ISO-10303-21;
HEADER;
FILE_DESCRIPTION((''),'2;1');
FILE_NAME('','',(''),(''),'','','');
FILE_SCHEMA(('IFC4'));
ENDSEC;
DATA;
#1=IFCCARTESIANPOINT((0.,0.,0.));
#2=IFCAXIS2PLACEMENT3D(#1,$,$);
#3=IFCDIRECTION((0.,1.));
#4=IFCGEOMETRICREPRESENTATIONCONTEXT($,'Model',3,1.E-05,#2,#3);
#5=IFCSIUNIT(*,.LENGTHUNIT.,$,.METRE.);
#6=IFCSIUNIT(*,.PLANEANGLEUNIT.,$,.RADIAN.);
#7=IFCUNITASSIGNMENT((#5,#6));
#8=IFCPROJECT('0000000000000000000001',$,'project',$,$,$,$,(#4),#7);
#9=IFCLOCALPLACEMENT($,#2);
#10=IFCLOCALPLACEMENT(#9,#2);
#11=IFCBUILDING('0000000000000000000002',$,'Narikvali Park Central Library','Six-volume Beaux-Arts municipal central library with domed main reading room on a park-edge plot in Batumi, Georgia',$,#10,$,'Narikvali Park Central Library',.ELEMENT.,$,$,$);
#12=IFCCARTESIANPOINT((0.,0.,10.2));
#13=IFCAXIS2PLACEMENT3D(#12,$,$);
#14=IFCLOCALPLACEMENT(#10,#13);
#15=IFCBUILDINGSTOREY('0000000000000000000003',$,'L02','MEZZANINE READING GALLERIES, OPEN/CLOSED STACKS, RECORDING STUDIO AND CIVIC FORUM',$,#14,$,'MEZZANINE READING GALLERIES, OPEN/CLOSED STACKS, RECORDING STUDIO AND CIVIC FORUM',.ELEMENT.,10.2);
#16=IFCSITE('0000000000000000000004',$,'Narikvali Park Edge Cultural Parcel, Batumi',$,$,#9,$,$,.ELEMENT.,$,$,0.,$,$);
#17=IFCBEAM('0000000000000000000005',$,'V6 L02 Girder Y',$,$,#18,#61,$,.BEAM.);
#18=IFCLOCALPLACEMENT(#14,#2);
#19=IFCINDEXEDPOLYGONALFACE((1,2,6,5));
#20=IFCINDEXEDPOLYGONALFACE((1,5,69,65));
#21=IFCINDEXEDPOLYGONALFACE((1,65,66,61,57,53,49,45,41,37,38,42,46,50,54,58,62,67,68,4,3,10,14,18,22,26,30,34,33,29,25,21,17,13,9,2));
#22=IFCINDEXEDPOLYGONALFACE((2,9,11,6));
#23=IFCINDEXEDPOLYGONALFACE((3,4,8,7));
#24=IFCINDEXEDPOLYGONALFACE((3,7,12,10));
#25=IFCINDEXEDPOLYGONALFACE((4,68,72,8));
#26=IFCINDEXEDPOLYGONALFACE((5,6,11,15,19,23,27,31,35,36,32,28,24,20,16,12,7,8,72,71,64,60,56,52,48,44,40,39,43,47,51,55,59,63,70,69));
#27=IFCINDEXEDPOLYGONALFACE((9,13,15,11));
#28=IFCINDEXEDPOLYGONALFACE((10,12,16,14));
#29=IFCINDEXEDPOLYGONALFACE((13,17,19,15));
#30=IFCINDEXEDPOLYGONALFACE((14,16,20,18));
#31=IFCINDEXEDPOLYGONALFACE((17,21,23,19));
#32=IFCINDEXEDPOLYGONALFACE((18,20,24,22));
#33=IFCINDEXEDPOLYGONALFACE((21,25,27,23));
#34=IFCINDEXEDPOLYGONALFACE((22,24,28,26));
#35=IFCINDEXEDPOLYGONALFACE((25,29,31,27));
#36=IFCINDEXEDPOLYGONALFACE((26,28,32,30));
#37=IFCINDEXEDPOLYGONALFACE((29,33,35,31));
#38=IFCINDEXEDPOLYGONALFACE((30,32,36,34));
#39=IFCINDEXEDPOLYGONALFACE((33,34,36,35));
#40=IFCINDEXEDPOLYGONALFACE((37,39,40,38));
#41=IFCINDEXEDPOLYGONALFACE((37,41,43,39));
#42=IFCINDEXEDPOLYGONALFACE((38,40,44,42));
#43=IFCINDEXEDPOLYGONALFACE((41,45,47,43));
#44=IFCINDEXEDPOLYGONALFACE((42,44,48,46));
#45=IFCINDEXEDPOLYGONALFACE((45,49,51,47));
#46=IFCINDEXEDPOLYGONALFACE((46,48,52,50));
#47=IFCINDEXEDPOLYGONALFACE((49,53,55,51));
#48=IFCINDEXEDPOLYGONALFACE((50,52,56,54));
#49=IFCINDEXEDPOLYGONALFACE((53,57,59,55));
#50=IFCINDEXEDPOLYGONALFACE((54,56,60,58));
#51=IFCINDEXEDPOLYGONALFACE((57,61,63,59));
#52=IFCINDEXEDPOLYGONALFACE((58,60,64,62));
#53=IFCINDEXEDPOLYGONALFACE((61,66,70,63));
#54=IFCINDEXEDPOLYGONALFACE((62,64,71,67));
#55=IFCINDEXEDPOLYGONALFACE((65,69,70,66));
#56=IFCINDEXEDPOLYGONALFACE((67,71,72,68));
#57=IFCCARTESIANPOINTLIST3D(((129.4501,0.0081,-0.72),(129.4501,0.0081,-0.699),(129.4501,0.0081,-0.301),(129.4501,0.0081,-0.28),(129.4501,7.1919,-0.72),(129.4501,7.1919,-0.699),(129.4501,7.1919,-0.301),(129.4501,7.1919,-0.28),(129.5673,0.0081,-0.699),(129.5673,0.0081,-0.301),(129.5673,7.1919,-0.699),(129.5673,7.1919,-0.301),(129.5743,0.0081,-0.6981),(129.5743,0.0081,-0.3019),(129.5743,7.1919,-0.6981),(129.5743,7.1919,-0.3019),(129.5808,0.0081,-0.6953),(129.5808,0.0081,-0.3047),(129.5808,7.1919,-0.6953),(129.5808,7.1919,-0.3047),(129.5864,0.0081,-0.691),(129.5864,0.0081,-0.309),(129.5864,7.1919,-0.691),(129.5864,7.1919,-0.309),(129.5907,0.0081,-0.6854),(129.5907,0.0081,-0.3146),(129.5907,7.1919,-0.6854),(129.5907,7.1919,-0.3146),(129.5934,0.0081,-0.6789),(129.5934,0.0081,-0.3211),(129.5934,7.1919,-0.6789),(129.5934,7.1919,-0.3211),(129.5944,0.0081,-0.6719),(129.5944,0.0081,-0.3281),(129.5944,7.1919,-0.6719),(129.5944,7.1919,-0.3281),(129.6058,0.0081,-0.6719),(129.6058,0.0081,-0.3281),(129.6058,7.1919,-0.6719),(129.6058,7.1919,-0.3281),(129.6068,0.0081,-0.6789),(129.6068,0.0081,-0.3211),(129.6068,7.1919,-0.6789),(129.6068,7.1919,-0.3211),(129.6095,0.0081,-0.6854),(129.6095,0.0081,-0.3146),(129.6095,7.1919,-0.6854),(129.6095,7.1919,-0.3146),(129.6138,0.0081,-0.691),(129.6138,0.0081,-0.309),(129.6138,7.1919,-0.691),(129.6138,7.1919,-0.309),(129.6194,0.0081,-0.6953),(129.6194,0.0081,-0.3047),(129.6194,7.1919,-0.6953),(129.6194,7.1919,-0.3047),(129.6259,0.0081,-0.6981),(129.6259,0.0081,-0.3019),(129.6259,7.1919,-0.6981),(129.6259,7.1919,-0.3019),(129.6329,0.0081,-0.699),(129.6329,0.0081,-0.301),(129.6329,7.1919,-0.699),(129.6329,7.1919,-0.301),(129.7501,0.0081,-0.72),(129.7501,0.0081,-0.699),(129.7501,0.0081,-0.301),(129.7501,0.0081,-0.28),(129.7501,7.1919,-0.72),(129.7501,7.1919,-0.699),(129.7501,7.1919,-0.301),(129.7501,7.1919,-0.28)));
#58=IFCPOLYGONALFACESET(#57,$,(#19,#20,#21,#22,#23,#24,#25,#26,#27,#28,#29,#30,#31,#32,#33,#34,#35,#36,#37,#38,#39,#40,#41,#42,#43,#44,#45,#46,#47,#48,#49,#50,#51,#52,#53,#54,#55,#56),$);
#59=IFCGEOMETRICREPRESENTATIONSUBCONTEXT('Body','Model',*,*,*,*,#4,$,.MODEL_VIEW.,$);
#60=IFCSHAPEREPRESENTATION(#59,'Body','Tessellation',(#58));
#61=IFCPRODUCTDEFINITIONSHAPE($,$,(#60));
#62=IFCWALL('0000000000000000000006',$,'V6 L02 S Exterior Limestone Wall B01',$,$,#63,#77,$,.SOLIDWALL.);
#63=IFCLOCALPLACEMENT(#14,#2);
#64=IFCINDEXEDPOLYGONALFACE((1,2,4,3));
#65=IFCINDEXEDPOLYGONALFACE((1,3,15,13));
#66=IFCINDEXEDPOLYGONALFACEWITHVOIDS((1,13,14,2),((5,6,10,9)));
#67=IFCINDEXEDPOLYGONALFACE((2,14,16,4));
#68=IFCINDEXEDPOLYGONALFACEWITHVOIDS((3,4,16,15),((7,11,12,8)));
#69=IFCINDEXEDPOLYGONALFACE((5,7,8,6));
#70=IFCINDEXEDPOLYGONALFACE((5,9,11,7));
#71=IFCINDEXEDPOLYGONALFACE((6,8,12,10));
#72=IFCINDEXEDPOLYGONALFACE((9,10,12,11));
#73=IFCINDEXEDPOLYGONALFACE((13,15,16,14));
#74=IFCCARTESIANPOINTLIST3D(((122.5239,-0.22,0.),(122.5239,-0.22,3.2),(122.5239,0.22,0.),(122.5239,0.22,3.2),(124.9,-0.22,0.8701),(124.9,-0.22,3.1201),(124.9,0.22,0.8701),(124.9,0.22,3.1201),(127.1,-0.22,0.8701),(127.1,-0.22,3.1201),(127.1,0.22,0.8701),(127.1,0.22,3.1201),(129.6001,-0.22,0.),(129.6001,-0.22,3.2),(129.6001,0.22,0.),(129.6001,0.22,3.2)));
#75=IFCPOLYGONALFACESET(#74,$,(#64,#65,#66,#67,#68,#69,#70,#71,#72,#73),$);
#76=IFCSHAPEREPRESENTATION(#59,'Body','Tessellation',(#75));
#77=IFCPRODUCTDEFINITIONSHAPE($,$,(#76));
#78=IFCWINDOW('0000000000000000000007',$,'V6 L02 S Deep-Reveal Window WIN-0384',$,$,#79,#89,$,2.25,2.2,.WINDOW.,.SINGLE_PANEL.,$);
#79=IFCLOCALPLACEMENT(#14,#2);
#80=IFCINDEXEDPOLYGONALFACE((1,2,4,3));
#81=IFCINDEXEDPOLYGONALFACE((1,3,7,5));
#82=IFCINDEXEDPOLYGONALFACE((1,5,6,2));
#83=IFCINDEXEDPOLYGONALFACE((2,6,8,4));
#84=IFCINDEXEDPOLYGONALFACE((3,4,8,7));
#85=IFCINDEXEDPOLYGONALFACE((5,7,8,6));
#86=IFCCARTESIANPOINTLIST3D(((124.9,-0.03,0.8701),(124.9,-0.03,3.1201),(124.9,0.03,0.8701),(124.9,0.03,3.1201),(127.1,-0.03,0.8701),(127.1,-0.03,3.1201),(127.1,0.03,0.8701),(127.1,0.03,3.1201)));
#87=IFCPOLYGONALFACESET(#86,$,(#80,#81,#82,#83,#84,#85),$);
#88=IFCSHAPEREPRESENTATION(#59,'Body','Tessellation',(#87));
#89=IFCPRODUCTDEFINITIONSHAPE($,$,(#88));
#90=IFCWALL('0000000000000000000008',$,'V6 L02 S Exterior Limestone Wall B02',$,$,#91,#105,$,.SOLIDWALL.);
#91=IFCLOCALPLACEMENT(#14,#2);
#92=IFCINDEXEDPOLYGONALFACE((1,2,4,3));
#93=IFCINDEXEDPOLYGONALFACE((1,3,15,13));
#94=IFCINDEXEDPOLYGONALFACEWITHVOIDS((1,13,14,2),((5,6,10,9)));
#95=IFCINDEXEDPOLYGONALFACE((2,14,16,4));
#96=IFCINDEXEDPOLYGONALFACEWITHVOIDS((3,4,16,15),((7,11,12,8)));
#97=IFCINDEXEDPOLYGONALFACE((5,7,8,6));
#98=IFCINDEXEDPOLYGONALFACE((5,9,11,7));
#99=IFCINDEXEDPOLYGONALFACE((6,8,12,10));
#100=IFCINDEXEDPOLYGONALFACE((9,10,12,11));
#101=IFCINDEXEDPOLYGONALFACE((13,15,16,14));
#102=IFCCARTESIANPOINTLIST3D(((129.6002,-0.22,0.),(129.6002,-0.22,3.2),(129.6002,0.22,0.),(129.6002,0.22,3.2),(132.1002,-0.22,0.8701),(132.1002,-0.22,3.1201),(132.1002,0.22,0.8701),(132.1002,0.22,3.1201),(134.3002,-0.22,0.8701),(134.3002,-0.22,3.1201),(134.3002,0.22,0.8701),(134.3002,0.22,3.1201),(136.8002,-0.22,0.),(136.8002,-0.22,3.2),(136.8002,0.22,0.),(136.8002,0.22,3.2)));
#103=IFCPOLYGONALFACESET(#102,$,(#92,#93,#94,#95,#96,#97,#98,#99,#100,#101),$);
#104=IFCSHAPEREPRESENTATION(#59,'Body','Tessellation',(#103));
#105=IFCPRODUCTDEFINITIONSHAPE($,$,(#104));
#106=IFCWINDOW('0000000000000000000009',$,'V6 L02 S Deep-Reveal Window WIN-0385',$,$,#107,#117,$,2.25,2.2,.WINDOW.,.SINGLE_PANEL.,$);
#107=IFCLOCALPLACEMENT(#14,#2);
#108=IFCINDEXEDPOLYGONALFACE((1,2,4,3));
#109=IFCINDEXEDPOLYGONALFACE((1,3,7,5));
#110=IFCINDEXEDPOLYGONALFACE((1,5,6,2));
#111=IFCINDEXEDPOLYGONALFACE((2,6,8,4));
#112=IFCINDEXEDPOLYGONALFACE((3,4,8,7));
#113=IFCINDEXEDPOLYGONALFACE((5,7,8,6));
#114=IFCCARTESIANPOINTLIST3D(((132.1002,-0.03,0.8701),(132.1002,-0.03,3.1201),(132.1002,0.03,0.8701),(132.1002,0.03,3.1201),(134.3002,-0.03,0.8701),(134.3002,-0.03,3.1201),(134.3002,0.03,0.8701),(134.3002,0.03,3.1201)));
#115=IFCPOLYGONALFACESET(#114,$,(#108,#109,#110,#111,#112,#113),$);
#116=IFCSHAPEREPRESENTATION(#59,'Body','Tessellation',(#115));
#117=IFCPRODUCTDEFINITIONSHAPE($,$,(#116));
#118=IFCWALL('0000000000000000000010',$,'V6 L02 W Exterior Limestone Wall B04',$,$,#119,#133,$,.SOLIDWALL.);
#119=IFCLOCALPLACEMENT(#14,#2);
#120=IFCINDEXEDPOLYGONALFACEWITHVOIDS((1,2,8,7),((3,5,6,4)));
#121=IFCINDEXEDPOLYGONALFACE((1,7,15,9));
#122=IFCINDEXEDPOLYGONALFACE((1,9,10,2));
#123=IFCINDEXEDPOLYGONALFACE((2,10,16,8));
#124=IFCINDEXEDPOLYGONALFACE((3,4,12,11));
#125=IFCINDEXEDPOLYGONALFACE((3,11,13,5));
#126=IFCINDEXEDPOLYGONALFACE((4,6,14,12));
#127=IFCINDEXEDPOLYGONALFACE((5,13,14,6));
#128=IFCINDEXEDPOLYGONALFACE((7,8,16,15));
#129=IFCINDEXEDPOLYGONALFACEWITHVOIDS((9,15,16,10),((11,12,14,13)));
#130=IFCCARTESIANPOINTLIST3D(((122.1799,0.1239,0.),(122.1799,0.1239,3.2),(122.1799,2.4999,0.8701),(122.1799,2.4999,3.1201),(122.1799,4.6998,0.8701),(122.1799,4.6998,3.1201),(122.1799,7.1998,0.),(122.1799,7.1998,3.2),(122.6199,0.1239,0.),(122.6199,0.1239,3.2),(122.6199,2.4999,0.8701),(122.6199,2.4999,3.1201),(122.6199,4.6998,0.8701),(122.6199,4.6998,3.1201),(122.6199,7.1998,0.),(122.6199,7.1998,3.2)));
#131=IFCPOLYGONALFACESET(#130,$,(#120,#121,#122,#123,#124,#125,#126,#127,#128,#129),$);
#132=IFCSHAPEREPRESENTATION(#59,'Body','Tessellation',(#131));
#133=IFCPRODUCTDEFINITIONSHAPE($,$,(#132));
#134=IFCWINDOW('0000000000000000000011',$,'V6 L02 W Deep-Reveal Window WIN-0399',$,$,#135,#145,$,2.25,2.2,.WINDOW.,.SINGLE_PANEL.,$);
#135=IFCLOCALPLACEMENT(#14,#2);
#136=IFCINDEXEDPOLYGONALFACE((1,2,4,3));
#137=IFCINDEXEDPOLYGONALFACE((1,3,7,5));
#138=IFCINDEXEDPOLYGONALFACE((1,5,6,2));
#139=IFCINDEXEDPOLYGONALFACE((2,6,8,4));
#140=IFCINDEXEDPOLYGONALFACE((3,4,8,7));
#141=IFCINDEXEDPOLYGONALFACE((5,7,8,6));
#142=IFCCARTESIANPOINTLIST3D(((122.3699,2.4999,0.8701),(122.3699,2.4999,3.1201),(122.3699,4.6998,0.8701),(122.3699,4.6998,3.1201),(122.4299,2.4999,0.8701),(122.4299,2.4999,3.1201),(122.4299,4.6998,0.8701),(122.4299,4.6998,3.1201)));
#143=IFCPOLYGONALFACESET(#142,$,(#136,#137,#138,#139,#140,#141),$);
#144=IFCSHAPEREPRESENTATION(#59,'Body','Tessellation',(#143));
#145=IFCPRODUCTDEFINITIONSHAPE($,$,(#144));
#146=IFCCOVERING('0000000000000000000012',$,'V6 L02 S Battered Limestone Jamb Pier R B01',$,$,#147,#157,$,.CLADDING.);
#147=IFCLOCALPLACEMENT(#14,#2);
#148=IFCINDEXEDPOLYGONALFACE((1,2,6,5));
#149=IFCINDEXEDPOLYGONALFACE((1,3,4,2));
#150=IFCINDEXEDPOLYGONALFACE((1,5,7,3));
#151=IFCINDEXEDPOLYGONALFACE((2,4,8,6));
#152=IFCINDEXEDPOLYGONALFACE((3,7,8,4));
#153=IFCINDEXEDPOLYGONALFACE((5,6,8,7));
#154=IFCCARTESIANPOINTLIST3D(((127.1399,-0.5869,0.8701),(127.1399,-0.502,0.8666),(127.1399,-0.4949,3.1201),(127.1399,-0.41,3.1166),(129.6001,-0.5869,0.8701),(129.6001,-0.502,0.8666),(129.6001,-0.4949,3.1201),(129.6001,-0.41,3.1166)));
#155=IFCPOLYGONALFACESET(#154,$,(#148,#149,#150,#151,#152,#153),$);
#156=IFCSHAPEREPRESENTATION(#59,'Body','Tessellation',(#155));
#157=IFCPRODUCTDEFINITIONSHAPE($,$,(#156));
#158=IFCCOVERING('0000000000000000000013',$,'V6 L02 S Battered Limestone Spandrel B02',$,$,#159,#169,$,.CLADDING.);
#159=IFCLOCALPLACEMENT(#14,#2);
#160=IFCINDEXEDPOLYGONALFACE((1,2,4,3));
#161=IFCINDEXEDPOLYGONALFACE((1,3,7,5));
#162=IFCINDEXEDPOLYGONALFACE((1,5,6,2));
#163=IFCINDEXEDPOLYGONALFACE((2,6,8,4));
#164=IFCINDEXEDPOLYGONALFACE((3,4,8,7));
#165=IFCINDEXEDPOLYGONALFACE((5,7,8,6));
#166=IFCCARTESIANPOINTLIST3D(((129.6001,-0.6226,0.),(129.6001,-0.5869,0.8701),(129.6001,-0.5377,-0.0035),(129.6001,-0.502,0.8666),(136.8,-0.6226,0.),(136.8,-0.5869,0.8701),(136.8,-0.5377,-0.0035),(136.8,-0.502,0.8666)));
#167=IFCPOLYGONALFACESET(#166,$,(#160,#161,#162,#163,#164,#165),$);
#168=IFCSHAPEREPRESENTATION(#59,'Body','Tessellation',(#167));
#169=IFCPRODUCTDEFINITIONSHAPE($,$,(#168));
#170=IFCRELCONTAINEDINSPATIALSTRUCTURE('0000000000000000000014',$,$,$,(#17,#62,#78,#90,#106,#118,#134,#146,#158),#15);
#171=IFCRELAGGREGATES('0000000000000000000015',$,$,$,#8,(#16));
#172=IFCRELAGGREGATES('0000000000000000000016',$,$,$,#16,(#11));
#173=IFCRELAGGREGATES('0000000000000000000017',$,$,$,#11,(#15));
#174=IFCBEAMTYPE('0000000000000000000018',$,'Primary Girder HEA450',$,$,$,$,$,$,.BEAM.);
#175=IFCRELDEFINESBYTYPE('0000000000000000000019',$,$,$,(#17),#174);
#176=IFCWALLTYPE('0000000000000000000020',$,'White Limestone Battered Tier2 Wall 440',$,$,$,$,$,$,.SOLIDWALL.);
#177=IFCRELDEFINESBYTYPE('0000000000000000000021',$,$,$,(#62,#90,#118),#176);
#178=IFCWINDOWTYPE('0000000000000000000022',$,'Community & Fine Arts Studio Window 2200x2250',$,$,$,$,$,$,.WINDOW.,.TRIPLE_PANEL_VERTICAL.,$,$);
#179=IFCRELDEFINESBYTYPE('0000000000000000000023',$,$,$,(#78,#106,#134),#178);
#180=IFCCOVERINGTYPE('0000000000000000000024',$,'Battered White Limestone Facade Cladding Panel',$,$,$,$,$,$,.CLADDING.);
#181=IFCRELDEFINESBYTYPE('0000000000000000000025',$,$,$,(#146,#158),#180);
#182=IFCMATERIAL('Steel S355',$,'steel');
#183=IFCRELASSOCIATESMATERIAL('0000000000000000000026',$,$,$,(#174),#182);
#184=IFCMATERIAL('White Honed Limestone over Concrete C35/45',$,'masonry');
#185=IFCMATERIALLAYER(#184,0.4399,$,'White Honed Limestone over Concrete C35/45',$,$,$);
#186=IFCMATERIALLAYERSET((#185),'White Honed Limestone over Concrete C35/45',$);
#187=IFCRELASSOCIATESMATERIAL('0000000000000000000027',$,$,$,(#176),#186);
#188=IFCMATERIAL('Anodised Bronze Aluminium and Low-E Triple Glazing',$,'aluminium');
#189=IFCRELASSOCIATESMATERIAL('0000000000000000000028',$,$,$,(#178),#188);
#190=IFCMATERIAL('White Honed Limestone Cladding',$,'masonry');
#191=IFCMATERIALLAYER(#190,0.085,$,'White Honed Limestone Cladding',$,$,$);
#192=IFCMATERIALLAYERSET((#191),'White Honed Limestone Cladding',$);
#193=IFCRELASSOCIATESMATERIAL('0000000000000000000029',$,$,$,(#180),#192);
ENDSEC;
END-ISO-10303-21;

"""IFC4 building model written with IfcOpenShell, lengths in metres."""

from ifc_helpers import new_model, si_unit, direction, frame, frame_2d, origin, origin_2d, place, context, subcontext, project, spatial, polyline, rectangle, i_section, outline, extrude, material, layer, layer_set, material_profile, profile_set, type_object, element, fill, save


model = new_model("IFC4")

# Units and contexts
model_context = context("Model", 3, precision=1e-05, world=origin(), true_north=direction((0.0, 1.0)))
body_context = subcontext(model_context, "Body", "Model", "MODEL_VIEW")
ifc_project = project(units=[si_unit("LENGTHUNIT", "METRE"), si_unit("PLANEANGLEUNIT", "RADIAN")], contexts=[model_context])

# Site, building, storey
site_placement = place(None, origin())
site = spatial("IfcSite", under=ifc_project, at=site_placement, Name="Narikvali Park Edge Cultural Parcel, Batumi", CompositionType="ELEMENT", RefElevation=0.0)
building_placement = place(site_placement, origin())
building = spatial("IfcBuilding", under=site, at=building_placement, Name="Narikvali Park Central Library", Description="Six-volume Beaux-Arts municipal central library with domed main reading room on a park-edge plot in Batumi, Georgia", LongName="Narikvali Park Central Library", CompositionType="ELEMENT")
storey_placement = place(building_placement, frame((0.0, 0.0, 10.2)))
storey = spatial("IfcBuildingStorey", under=building, at=storey_placement, Name="L02", Description="MEZZANINE READING GALLERIES, OPEN/CLOSED STACKS, RECORDING STUDIO AND CIVIC FORUM", LongName="MEZZANINE READING GALLERIES, OPEN/CLOSED STACKS, RECORDING STUDIO AND CIVIC FORUM", CompositionType="ELEMENT", Elevation=10.2)

# Shared definitions
ifc_material_1 = material(Name="Steel S355", Category="steel")

# Beam
ifc_material_profile_1 = material_profile(ifc_material_1, i_section(OverallWidth=0.3, OverallDepth=0.4399, WebThickness=0.0115, FlangeThickness=0.021, FilletRadius=0.0271, at=origin_2d()), Name="HEA 450")
ifc_profile_set_1 = profile_set([ifc_material_profile_1], Name="Steel S355")
beam_type_1 = type_object("IfcBeamType", Name="Primary Girder HEA450", PredefinedType="BEAM", material=ifc_profile_set_1)
beam_1_placement = place(storey_placement, frame((129.6001, 0.0081, -0.5), z_axis=(0.0, 1.0, 0.0), x_axis=(-1.0, 0.0, 0.0)))
element("IfcBeam", 1, at=beam_1_placement, inside=storey, type_object=beam_type_1, Name="V6 L02 Girder Y", PredefinedType="BEAM", context=body_context, shape_type="SweptSolid", body=[
    extrude(i_section(OverallWidth=0.3, OverallDepth=0.4399, WebThickness=0.0115, FlangeThickness=0.021, FilletRadius=0.0271, at=origin_2d()), origin(), (0.0, 0.0, 1.0), 7.1838),
])

# Walls, openings, windows
ifc_material_2 = material(Name="White Honed Limestone over Concrete C35/45", Category="masonry")
ifc_layer_1 = layer(ifc_material_2, 0.4399, Name="White Honed Limestone over Concrete C35/45")
ifc_layer_set_1 = layer_set([ifc_layer_1], Name="White Honed Limestone over Concrete C35/45")
wall_type = type_object("IfcWallType", Name="White Limestone Battered Tier2 Wall 440", PredefinedType="SOLIDWALL", material=ifc_layer_set_1)
wall_1_placement = place(storey_placement, frame((122.5239, 0.0, 0.0), z_axis=(0.0, 0.0, 1.0), x_axis=(1.0, 0.0, 0.0)))
wall_1 = element("IfcWall", 2, at=wall_1_placement, inside=storey, type_object=wall_type, Name="V6 L02 S Exterior Limestone Wall B01", PredefinedType="SOLIDWALL", context=body_context, shape_type="SweptSolid", body=[
    extrude(rectangle(XDim=7.0762, YDim=0.4399, at=frame_2d((3.5381, 0.0))), origin(), (0.0, 0.0, 1.0), 3.2),
])
opening_1_placement = place(wall_1_placement, frame((2.376, 0.0, 0.8701)))
opening_1 = element("IfcOpeningElement", 3, at=opening_1_placement, cuts=wall_1, PredefinedType="OPENING", context=body_context, shape_type="SweptSolid", body=[
    extrude(rectangle(XDim=2.2, YDim=2.25, at=frame_2d((1.1001, 1.125))), frame((0.0, 0.2319, 0.0), z_axis=(0.0, -1.0, 0.0), x_axis=(1.0, 0.0, 0.0)), (0.0, 0.0, 1.0), 0.4639),
])
ifc_material_3 = material(Name="Anodised Bronze Aluminium and Low-E Triple Glazing", Category="aluminium")
window_type = type_object("IfcWindowType", Name="Community & Fine Arts Studio Window 2200x2250", PartitioningType="TRIPLE_PANEL_VERTICAL", PredefinedType="WINDOW", material=ifc_material_3)
window_1_placement = place(opening_1_placement, origin())
window_1 = element("IfcWindow", 4, at=window_1_placement, inside=storey, type_object=window_type, Name="V6 L02 S Deep-Reveal Window WIN-0384", OverallHeight=2.25, OverallWidth=2.2, PartitioningType="SINGLE_PANEL", PredefinedType="WINDOW", context=body_context, shape_type="SweptSolid", body=[
    extrude(rectangle(XDim=2.2, YDim=2.25, at=frame_2d((1.1001, 1.125))), frame((0.0, 0.03, 0.0), z_axis=(0.0, -1.0, 0.0), x_axis=(1.0, 0.0, 0.0)), (0.0, 0.0, 1.0), 0.0601),
])
fill(opening_1, window_1)
wall_2_placement = place(storey_placement, frame((129.6001, 0.0, 0.0), z_axis=(0.0, 0.0, 1.0), x_axis=(1.0, 0.0, 0.0)))
wall_2 = element("IfcWall", 5, at=wall_2_placement, inside=storey, type_object=wall_type, Name="V6 L02 S Exterior Limestone Wall B02", PredefinedType="SOLIDWALL", context=body_context, shape_type="SweptSolid", body=[
    extrude(rectangle(XDim=7.2, YDim=0.4399, at=frame_2d((3.6001, 0.0))), origin(), (0.0, 0.0, 1.0), 3.2),
])
opening_2_placement = place(wall_2_placement, frame((2.5, 0.0, 0.8701)))
opening_2 = element("IfcOpeningElement", 6, at=opening_2_placement, cuts=wall_2, PredefinedType="OPENING", context=body_context, shape_type="SweptSolid", body=[
    extrude(rectangle(XDim=2.2, YDim=2.25, at=frame_2d((1.1001, 1.125))), frame((0.0, 0.2319, 0.0), z_axis=(0.0, -1.0, 0.0), x_axis=(1.0, 0.0, 0.0)), (0.0, 0.0, 1.0), 0.4639),
])
window_2_placement = place(opening_2_placement, origin())
window_2 = element("IfcWindow", 7, at=window_2_placement, inside=storey, type_object=window_type, Name="V6 L02 S Deep-Reveal Window WIN-0385", OverallHeight=2.25, OverallWidth=2.2, PartitioningType="SINGLE_PANEL", PredefinedType="WINDOW", context=body_context, shape_type="SweptSolid", body=[
    extrude(rectangle(XDim=2.2, YDim=2.25, at=frame_2d((1.1001, 1.125))), frame((0.0, 0.03, 0.0), z_axis=(0.0, -1.0, 0.0), x_axis=(1.0, 0.0, 0.0)), (0.0, 0.0, 1.0), 0.0601),
])
fill(opening_2, window_2)
wall_3_placement = place(storey_placement, frame((122.3999, 7.2, 0.0), z_axis=(0.0, 0.0, 1.0), x_axis=(0.0, -1.0, 0.0)))
wall_3 = element("IfcWall", 8, at=wall_3_placement, inside=storey, type_object=wall_type, Name="V6 L02 W Exterior Limestone Wall B04", PredefinedType="SOLIDWALL", context=body_context, shape_type="SweptSolid", body=[
    extrude(rectangle(XDim=7.0759, YDim=0.4399, at=frame_2d((3.5381, 0.0))), origin(), (0.0, 0.0, 1.0), 3.2),
])
opening_3_placement = place(wall_3_placement, frame((2.5, 0.0, 0.8701)))
opening_3 = element("IfcOpeningElement", 9, at=opening_3_placement, cuts=wall_3, PredefinedType="OPENING", context=body_context, shape_type="SweptSolid", body=[
    extrude(rectangle(XDim=2.2, YDim=2.25, at=frame_2d((1.1001, 1.125))), frame((0.0, 0.2319, 0.0), z_axis=(0.0, -1.0, 0.0), x_axis=(1.0, 0.0, 0.0)), (0.0, 0.0, 1.0), 0.4639),
])
window_3_placement = place(opening_3_placement, origin())
window_3 = element("IfcWindow", 10, at=window_3_placement, inside=storey, type_object=window_type, Name="V6 L02 W Deep-Reveal Window WIN-0399", OverallHeight=2.25, OverallWidth=2.2, PartitioningType="SINGLE_PANEL", PredefinedType="WINDOW", context=body_context, shape_type="SweptSolid", body=[
    extrude(rectangle(XDim=2.2, YDim=2.25, at=frame_2d((1.1001, 1.125))), frame((0.0, 0.03, 0.0), z_axis=(0.0, -1.0, 0.0), x_axis=(1.0, 0.0, 0.0)), (0.0, 0.0, 1.0), 0.0601),
])
fill(opening_3, window_3)

# Coverings
ifc_material_4 = material(Name="White Honed Limestone Cladding", Category="masonry")
ifc_layer_2 = layer(ifc_material_4, 0.085, Name="White Honed Limestone Cladding")
ifc_layer_set_2 = layer_set([ifc_layer_2], Name="White Honed Limestone Cladding")
covering_type = type_object("IfcCoveringType", Name="Battered White Limestone Facade Cladding Panel", PredefinedType="CLADDING", material=ifc_layer_set_2)
covering_1_placement = place(storey_placement, frame((127.1399, -0.5869, 0.8701), z_axis=(0.0, -0.999164, 0.040873), x_axis=(1.0, 0.0, 0.0)))
element("IfcCovering", 11, at=covering_1_placement, inside=storey, type_object=covering_type, Name="V6 L02 S Battered Limestone Jamb Pier R B01", PredefinedType="CLADDING", context=body_context, shape_type="SweptSolid", body=[
    extrude(outline(polyline([(0.0, 0.0), (2.4602, 0.0), (2.4602, 2.2519), (0.0, 2.2519), (0.0, 0.0)])), origin(), (0.0, 0.0, -1.0), 0.085),
])
covering_2_placement = place(storey_placement, frame((129.6001, -0.6226, 0.0), z_axis=(0.0, -0.999162, 0.040931), x_axis=(1.0, 0.0, 0.0)))
element("IfcCovering", 12, at=covering_2_placement, inside=storey, type_object=covering_type, Name="V6 L02 S Battered Limestone Spandrel B02", PredefinedType="CLADDING", context=body_context, shape_type="SweptSolid", body=[
    extrude(outline(polyline([(0.0, 0.0), (7.2, 0.0), (7.2, 0.8708), (0.0, 0.8708), (0.0, 0.0)])), origin(), (0.0, 0.0, -1.0), 0.085),
])

save(model, "model.ifc")
